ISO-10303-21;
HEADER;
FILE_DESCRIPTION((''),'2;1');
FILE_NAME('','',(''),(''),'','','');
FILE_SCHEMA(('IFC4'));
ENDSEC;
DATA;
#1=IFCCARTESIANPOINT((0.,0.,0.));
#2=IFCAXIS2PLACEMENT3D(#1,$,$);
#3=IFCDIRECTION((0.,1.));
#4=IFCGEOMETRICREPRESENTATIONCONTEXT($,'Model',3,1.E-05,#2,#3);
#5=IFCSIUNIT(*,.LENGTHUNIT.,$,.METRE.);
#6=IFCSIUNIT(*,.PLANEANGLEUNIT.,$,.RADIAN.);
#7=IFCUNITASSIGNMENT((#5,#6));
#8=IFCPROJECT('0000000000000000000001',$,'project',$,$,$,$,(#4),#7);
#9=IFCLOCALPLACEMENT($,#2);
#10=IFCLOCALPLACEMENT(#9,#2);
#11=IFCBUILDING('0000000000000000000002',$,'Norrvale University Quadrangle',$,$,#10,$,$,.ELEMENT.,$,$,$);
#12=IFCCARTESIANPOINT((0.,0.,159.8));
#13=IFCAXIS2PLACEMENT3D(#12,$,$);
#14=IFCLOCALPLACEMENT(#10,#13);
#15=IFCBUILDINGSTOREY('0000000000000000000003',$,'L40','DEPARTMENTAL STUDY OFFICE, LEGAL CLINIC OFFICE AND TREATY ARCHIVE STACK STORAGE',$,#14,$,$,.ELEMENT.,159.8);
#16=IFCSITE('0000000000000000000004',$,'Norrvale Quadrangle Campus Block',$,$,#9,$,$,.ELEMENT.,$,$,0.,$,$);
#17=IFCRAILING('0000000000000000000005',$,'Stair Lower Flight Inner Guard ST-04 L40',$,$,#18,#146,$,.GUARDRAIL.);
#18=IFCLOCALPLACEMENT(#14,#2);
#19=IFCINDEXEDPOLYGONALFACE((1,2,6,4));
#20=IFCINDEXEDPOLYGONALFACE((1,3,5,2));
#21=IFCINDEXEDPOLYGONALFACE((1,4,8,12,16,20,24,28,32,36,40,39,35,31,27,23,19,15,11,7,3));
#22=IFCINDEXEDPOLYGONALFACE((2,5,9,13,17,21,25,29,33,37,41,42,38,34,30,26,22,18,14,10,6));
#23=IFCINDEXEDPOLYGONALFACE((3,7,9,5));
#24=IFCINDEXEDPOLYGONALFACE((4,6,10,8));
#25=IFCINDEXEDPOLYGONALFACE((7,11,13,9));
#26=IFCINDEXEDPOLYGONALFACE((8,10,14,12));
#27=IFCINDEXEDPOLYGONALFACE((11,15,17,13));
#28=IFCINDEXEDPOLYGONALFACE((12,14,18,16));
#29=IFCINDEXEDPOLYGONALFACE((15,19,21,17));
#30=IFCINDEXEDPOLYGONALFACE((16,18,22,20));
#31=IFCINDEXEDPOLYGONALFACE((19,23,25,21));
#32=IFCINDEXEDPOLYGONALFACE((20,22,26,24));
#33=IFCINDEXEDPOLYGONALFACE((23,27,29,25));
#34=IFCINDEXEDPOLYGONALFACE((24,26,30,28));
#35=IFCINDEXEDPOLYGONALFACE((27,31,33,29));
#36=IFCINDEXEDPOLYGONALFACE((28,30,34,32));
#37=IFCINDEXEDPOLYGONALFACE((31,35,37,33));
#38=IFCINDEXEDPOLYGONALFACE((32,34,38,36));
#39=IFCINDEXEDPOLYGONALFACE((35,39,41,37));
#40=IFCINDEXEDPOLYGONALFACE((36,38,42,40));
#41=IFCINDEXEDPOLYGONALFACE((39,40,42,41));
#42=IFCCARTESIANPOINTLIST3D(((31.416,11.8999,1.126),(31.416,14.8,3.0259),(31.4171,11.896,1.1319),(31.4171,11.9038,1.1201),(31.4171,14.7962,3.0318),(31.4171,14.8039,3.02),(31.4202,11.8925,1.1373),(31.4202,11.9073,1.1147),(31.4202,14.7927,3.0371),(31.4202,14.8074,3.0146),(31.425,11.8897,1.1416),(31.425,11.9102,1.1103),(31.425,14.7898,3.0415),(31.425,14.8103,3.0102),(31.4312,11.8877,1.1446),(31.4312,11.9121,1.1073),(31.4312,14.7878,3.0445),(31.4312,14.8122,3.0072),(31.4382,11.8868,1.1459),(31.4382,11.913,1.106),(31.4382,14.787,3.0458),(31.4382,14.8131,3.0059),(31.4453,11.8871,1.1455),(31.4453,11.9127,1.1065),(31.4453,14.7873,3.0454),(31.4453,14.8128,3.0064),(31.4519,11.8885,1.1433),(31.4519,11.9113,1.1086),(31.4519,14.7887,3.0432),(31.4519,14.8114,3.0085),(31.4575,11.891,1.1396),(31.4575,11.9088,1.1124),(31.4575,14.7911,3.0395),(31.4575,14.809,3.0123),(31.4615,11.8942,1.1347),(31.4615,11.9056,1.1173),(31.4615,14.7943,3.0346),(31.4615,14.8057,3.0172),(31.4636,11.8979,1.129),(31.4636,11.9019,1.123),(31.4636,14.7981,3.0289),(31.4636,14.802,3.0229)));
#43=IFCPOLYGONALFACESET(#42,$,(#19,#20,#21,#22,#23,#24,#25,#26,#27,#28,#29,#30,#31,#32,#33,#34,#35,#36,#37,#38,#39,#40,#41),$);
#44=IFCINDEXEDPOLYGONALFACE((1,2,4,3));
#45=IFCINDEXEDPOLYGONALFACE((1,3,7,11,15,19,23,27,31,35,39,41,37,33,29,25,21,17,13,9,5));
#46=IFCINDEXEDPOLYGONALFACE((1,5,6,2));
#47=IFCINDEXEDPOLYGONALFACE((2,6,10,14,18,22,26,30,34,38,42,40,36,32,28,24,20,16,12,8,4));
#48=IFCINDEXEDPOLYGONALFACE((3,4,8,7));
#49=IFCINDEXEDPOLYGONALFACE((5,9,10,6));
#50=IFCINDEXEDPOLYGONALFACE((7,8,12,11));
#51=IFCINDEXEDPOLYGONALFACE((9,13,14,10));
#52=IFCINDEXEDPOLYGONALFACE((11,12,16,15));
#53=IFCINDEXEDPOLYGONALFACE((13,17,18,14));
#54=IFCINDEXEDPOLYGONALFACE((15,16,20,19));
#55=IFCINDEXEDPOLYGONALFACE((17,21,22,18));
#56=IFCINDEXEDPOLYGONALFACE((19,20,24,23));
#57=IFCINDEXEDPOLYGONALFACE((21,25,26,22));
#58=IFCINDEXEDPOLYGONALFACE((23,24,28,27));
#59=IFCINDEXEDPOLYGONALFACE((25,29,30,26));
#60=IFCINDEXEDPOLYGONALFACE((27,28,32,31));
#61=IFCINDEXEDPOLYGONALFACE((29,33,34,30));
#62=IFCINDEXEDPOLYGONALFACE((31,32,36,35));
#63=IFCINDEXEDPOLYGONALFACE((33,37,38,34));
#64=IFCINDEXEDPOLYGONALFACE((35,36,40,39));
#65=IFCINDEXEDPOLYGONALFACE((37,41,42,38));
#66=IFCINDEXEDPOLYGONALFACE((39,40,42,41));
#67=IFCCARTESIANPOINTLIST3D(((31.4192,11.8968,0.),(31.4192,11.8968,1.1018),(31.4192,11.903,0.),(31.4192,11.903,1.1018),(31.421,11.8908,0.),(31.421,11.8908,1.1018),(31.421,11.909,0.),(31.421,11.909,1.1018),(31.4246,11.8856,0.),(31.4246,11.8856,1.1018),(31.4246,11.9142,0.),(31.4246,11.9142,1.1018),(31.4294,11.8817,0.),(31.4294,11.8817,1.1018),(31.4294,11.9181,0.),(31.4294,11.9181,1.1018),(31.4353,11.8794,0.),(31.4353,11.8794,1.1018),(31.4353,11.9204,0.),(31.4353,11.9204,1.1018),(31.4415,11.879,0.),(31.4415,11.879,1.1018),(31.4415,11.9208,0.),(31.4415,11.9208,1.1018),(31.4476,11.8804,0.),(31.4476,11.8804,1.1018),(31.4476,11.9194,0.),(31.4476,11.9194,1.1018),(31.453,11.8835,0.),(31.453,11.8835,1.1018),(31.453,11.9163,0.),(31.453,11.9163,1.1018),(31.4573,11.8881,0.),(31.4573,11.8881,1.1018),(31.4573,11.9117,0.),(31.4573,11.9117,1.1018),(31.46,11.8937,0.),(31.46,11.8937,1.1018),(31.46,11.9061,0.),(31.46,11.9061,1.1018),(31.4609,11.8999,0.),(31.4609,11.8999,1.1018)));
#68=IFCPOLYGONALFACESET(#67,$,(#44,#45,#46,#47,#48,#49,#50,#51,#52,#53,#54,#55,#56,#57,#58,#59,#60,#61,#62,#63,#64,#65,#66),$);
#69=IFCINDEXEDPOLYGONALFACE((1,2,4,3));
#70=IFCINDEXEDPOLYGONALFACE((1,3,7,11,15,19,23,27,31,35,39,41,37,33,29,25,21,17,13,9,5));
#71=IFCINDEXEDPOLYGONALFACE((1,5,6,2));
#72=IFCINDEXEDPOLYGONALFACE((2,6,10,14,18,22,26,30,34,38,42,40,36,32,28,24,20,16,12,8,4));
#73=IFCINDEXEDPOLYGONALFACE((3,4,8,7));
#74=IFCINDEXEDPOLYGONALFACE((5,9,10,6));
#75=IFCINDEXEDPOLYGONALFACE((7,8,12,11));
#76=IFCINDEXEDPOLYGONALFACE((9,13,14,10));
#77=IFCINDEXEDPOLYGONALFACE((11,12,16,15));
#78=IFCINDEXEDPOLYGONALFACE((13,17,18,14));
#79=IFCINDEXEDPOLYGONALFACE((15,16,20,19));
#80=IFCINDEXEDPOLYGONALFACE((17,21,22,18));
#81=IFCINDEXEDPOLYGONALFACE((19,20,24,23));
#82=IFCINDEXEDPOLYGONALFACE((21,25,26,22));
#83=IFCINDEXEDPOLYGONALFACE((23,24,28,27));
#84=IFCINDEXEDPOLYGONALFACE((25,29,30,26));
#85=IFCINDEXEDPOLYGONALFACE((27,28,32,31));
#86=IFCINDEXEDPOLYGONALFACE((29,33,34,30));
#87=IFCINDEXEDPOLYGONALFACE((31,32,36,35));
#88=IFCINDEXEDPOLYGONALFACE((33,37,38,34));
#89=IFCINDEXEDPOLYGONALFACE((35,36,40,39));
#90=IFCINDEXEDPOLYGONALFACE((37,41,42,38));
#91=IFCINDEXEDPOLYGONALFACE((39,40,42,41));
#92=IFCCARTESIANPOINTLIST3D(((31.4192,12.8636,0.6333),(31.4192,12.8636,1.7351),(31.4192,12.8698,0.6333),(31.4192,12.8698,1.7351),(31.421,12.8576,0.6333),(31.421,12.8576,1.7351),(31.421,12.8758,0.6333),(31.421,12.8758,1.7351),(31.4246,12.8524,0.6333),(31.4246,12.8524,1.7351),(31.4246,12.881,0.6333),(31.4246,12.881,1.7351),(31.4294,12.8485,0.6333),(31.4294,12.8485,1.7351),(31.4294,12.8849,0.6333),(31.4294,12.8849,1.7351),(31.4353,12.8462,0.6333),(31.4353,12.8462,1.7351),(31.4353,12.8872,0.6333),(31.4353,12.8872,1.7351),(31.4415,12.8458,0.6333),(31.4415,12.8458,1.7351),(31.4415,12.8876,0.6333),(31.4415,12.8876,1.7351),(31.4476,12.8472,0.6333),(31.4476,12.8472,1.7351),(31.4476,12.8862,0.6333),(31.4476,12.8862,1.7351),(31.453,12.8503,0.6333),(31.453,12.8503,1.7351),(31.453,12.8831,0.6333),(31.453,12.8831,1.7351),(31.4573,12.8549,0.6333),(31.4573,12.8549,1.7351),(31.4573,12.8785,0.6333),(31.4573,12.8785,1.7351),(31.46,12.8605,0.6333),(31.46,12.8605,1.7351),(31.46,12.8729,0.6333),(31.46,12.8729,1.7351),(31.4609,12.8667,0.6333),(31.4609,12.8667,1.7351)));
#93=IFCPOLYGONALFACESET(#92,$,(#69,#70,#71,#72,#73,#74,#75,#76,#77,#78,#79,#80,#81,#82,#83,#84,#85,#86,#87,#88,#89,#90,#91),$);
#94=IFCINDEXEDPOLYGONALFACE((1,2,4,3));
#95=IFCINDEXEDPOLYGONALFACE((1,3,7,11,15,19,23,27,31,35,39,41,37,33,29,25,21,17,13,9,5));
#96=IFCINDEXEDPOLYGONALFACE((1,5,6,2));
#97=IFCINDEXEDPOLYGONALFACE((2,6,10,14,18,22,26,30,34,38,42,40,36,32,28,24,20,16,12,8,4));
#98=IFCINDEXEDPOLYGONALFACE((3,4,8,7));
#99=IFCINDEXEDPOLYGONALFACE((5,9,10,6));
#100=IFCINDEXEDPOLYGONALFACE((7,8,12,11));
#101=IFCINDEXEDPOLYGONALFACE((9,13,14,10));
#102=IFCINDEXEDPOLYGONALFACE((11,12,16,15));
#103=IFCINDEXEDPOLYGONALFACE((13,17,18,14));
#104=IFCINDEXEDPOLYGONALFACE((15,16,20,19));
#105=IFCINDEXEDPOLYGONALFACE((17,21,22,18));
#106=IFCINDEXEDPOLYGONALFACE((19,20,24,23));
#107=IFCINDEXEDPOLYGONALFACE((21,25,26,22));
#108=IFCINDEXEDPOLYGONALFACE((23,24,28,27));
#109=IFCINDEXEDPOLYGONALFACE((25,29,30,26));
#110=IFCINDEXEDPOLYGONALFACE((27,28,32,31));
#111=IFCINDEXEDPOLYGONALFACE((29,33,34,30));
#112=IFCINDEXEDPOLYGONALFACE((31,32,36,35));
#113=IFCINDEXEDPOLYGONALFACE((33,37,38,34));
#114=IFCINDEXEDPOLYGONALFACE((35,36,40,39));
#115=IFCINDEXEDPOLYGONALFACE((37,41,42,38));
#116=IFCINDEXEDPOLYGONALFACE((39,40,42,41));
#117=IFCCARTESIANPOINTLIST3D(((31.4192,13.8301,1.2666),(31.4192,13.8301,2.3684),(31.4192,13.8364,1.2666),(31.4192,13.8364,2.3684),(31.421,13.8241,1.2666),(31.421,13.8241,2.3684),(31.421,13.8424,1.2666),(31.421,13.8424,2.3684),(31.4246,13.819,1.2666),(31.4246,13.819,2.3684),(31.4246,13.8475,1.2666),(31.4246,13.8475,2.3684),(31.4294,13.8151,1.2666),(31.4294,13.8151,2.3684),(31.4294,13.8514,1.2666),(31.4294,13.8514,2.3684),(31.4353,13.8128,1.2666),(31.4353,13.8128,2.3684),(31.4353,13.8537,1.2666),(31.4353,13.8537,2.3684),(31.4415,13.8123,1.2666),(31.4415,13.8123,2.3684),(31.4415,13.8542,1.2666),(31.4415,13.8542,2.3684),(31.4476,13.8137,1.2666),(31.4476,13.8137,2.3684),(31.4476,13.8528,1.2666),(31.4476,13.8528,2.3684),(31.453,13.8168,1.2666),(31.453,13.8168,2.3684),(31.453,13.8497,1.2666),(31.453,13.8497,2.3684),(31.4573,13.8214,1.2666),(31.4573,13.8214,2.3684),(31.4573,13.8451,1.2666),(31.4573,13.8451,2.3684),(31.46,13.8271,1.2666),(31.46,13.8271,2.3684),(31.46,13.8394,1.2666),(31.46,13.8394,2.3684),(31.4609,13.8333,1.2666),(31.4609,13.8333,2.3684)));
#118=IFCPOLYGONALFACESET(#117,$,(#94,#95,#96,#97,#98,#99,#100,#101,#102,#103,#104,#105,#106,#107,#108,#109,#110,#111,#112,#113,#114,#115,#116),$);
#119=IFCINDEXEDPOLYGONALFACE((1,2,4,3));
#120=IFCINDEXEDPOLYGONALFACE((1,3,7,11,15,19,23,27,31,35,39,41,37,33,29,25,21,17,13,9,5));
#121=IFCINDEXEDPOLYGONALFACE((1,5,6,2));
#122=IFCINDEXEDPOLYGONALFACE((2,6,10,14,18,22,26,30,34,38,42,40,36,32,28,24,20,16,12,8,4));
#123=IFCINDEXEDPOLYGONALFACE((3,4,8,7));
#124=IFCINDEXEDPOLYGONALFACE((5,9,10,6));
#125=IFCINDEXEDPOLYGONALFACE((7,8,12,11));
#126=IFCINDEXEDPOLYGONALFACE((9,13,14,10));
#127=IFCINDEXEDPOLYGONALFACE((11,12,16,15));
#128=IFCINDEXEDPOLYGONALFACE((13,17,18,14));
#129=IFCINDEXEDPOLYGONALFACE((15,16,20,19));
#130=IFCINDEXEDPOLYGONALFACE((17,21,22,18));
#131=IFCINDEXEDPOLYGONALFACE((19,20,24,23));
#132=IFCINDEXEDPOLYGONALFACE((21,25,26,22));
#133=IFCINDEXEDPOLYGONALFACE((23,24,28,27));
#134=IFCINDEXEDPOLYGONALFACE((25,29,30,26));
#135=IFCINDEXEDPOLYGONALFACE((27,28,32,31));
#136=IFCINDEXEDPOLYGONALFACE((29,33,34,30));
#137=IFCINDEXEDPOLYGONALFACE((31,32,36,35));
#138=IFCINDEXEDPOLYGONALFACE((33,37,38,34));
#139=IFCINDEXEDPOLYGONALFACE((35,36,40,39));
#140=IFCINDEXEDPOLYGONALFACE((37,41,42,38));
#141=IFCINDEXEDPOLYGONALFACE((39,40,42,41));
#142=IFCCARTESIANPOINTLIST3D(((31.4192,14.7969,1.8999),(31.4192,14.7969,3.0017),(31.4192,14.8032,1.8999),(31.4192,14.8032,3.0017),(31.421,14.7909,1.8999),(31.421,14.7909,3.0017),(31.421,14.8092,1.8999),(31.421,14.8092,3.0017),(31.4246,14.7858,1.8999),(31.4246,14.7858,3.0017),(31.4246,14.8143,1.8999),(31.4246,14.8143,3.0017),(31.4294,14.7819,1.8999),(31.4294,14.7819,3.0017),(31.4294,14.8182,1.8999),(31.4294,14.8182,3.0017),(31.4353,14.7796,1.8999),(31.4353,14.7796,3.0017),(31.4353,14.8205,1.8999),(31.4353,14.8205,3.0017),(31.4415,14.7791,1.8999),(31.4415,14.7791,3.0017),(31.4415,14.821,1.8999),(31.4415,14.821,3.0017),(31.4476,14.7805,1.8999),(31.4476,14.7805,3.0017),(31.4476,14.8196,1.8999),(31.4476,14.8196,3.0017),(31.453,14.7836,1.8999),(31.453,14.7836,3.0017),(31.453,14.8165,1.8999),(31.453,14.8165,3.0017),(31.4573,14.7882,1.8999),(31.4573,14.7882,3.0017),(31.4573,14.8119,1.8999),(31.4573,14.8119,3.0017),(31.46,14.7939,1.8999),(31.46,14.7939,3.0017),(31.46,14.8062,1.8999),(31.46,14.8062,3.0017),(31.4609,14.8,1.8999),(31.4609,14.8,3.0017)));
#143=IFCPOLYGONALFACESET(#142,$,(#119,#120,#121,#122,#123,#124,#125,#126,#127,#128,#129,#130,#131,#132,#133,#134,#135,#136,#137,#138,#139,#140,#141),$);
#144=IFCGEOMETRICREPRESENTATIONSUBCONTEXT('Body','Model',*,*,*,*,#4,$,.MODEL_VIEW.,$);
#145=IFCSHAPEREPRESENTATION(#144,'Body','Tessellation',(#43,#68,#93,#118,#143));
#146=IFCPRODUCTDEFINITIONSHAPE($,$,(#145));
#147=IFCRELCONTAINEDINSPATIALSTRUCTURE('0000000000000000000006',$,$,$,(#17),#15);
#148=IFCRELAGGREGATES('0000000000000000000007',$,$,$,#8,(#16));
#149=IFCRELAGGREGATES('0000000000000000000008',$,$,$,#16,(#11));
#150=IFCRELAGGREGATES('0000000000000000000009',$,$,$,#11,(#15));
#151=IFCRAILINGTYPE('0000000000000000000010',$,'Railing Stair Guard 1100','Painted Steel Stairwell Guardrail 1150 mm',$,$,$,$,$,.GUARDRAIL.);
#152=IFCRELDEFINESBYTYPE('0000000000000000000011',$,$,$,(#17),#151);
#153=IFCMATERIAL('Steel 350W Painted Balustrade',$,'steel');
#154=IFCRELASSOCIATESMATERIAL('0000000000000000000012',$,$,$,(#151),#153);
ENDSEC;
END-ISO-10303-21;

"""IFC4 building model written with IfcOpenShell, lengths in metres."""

from ifc_helpers import new_model, si_unit, direction, frame, origin, origin_2d, place, context, subcontext, project, spatial, circle, extrude, material, type_object, element, save


model = new_model("IFC4")

# Units and contexts
model_context = context("Model", 3, precision=1e-05, world=origin(), true_north=direction((0.0, 1.0)))
body_context = subcontext(model_context, "Body", "Model", "MODEL_VIEW")
ifc_project = project(units=[si_unit("LENGTHUNIT", "METRE"), si_unit("PLANEANGLEUNIT", "RADIAN")], contexts=[model_context])

# Site, building, storey
site_placement = place(None, origin())
site = spatial("IfcSite", under=ifc_project, at=site_placement, Name="Norrvale Quadrangle Campus Block", CompositionType="ELEMENT", RefElevation=0.0)
building_placement = place(site_placement, origin())
building = spatial("IfcBuilding", under=site, at=building_placement, Name="Norrvale University Quadrangle", CompositionType="ELEMENT")
storey_placement = place(building_placement, frame((0.0, 0.0, 159.8)))
storey = spatial("IfcBuildingStorey", under=building, at=storey_placement, Name="L40", Description="DEPARTMENTAL STUDY OFFICE, LEGAL CLINIC OFFICE AND TREATY ARCHIVE STACK STORAGE", CompositionType="ELEMENT", Elevation=159.8)

# Railing
ifc_material_1 = material(Name="Steel 350W Painted Balustrade", Category="steel")
railing_type_1 = type_object("IfcRailingType", Name="Railing Stair Guard 1100", Description="Painted Steel Stairwell Guardrail 1150 mm", PredefinedType="GUARDRAIL", material=ifc_material_1)
railing_1_placement = place(storey_placement, frame((31.4399, 11.8999, 0.0)))
element("IfcRailing", 1, at=railing_1_placement, inside=storey, type_object=railing_type_1, Name="Stair Lower Flight Inner Guard ST-04 L40", PredefinedType="GUARDRAIL", context=body_context, shape_type="SweptSolid", body=[
    extrude(circle(Radius=0.0239, at=origin_2d()), frame((0.0, 0.0, 1.126), z_axis=(0.0, 0.836487, 0.547987), x_axis=(-1.0, 0.0, 0.0)), (0.0, 0.0, 1.0), 3.467),
    extrude(circle(Radius=0.021, at=origin_2d()), origin(), (0.0, 0.0, 1.0), 1.1018),
    extrude(circle(Radius=0.021, at=origin_2d()), frame((0.0, 0.9668, 0.6333)), (0.0, 0.0, 1.0), 1.1018),
    extrude(circle(Radius=0.021, at=origin_2d()), frame((0.0, 1.9333, 1.2666)), (0.0, 0.0, 1.0), 1.1018),
    extrude(circle(Radius=0.021, at=origin_2d()), frame((0.0, 2.9001, 1.8999)), (0.0, 0.0, 1.0), 1.1018),
])

save(model, "model.ifc")
